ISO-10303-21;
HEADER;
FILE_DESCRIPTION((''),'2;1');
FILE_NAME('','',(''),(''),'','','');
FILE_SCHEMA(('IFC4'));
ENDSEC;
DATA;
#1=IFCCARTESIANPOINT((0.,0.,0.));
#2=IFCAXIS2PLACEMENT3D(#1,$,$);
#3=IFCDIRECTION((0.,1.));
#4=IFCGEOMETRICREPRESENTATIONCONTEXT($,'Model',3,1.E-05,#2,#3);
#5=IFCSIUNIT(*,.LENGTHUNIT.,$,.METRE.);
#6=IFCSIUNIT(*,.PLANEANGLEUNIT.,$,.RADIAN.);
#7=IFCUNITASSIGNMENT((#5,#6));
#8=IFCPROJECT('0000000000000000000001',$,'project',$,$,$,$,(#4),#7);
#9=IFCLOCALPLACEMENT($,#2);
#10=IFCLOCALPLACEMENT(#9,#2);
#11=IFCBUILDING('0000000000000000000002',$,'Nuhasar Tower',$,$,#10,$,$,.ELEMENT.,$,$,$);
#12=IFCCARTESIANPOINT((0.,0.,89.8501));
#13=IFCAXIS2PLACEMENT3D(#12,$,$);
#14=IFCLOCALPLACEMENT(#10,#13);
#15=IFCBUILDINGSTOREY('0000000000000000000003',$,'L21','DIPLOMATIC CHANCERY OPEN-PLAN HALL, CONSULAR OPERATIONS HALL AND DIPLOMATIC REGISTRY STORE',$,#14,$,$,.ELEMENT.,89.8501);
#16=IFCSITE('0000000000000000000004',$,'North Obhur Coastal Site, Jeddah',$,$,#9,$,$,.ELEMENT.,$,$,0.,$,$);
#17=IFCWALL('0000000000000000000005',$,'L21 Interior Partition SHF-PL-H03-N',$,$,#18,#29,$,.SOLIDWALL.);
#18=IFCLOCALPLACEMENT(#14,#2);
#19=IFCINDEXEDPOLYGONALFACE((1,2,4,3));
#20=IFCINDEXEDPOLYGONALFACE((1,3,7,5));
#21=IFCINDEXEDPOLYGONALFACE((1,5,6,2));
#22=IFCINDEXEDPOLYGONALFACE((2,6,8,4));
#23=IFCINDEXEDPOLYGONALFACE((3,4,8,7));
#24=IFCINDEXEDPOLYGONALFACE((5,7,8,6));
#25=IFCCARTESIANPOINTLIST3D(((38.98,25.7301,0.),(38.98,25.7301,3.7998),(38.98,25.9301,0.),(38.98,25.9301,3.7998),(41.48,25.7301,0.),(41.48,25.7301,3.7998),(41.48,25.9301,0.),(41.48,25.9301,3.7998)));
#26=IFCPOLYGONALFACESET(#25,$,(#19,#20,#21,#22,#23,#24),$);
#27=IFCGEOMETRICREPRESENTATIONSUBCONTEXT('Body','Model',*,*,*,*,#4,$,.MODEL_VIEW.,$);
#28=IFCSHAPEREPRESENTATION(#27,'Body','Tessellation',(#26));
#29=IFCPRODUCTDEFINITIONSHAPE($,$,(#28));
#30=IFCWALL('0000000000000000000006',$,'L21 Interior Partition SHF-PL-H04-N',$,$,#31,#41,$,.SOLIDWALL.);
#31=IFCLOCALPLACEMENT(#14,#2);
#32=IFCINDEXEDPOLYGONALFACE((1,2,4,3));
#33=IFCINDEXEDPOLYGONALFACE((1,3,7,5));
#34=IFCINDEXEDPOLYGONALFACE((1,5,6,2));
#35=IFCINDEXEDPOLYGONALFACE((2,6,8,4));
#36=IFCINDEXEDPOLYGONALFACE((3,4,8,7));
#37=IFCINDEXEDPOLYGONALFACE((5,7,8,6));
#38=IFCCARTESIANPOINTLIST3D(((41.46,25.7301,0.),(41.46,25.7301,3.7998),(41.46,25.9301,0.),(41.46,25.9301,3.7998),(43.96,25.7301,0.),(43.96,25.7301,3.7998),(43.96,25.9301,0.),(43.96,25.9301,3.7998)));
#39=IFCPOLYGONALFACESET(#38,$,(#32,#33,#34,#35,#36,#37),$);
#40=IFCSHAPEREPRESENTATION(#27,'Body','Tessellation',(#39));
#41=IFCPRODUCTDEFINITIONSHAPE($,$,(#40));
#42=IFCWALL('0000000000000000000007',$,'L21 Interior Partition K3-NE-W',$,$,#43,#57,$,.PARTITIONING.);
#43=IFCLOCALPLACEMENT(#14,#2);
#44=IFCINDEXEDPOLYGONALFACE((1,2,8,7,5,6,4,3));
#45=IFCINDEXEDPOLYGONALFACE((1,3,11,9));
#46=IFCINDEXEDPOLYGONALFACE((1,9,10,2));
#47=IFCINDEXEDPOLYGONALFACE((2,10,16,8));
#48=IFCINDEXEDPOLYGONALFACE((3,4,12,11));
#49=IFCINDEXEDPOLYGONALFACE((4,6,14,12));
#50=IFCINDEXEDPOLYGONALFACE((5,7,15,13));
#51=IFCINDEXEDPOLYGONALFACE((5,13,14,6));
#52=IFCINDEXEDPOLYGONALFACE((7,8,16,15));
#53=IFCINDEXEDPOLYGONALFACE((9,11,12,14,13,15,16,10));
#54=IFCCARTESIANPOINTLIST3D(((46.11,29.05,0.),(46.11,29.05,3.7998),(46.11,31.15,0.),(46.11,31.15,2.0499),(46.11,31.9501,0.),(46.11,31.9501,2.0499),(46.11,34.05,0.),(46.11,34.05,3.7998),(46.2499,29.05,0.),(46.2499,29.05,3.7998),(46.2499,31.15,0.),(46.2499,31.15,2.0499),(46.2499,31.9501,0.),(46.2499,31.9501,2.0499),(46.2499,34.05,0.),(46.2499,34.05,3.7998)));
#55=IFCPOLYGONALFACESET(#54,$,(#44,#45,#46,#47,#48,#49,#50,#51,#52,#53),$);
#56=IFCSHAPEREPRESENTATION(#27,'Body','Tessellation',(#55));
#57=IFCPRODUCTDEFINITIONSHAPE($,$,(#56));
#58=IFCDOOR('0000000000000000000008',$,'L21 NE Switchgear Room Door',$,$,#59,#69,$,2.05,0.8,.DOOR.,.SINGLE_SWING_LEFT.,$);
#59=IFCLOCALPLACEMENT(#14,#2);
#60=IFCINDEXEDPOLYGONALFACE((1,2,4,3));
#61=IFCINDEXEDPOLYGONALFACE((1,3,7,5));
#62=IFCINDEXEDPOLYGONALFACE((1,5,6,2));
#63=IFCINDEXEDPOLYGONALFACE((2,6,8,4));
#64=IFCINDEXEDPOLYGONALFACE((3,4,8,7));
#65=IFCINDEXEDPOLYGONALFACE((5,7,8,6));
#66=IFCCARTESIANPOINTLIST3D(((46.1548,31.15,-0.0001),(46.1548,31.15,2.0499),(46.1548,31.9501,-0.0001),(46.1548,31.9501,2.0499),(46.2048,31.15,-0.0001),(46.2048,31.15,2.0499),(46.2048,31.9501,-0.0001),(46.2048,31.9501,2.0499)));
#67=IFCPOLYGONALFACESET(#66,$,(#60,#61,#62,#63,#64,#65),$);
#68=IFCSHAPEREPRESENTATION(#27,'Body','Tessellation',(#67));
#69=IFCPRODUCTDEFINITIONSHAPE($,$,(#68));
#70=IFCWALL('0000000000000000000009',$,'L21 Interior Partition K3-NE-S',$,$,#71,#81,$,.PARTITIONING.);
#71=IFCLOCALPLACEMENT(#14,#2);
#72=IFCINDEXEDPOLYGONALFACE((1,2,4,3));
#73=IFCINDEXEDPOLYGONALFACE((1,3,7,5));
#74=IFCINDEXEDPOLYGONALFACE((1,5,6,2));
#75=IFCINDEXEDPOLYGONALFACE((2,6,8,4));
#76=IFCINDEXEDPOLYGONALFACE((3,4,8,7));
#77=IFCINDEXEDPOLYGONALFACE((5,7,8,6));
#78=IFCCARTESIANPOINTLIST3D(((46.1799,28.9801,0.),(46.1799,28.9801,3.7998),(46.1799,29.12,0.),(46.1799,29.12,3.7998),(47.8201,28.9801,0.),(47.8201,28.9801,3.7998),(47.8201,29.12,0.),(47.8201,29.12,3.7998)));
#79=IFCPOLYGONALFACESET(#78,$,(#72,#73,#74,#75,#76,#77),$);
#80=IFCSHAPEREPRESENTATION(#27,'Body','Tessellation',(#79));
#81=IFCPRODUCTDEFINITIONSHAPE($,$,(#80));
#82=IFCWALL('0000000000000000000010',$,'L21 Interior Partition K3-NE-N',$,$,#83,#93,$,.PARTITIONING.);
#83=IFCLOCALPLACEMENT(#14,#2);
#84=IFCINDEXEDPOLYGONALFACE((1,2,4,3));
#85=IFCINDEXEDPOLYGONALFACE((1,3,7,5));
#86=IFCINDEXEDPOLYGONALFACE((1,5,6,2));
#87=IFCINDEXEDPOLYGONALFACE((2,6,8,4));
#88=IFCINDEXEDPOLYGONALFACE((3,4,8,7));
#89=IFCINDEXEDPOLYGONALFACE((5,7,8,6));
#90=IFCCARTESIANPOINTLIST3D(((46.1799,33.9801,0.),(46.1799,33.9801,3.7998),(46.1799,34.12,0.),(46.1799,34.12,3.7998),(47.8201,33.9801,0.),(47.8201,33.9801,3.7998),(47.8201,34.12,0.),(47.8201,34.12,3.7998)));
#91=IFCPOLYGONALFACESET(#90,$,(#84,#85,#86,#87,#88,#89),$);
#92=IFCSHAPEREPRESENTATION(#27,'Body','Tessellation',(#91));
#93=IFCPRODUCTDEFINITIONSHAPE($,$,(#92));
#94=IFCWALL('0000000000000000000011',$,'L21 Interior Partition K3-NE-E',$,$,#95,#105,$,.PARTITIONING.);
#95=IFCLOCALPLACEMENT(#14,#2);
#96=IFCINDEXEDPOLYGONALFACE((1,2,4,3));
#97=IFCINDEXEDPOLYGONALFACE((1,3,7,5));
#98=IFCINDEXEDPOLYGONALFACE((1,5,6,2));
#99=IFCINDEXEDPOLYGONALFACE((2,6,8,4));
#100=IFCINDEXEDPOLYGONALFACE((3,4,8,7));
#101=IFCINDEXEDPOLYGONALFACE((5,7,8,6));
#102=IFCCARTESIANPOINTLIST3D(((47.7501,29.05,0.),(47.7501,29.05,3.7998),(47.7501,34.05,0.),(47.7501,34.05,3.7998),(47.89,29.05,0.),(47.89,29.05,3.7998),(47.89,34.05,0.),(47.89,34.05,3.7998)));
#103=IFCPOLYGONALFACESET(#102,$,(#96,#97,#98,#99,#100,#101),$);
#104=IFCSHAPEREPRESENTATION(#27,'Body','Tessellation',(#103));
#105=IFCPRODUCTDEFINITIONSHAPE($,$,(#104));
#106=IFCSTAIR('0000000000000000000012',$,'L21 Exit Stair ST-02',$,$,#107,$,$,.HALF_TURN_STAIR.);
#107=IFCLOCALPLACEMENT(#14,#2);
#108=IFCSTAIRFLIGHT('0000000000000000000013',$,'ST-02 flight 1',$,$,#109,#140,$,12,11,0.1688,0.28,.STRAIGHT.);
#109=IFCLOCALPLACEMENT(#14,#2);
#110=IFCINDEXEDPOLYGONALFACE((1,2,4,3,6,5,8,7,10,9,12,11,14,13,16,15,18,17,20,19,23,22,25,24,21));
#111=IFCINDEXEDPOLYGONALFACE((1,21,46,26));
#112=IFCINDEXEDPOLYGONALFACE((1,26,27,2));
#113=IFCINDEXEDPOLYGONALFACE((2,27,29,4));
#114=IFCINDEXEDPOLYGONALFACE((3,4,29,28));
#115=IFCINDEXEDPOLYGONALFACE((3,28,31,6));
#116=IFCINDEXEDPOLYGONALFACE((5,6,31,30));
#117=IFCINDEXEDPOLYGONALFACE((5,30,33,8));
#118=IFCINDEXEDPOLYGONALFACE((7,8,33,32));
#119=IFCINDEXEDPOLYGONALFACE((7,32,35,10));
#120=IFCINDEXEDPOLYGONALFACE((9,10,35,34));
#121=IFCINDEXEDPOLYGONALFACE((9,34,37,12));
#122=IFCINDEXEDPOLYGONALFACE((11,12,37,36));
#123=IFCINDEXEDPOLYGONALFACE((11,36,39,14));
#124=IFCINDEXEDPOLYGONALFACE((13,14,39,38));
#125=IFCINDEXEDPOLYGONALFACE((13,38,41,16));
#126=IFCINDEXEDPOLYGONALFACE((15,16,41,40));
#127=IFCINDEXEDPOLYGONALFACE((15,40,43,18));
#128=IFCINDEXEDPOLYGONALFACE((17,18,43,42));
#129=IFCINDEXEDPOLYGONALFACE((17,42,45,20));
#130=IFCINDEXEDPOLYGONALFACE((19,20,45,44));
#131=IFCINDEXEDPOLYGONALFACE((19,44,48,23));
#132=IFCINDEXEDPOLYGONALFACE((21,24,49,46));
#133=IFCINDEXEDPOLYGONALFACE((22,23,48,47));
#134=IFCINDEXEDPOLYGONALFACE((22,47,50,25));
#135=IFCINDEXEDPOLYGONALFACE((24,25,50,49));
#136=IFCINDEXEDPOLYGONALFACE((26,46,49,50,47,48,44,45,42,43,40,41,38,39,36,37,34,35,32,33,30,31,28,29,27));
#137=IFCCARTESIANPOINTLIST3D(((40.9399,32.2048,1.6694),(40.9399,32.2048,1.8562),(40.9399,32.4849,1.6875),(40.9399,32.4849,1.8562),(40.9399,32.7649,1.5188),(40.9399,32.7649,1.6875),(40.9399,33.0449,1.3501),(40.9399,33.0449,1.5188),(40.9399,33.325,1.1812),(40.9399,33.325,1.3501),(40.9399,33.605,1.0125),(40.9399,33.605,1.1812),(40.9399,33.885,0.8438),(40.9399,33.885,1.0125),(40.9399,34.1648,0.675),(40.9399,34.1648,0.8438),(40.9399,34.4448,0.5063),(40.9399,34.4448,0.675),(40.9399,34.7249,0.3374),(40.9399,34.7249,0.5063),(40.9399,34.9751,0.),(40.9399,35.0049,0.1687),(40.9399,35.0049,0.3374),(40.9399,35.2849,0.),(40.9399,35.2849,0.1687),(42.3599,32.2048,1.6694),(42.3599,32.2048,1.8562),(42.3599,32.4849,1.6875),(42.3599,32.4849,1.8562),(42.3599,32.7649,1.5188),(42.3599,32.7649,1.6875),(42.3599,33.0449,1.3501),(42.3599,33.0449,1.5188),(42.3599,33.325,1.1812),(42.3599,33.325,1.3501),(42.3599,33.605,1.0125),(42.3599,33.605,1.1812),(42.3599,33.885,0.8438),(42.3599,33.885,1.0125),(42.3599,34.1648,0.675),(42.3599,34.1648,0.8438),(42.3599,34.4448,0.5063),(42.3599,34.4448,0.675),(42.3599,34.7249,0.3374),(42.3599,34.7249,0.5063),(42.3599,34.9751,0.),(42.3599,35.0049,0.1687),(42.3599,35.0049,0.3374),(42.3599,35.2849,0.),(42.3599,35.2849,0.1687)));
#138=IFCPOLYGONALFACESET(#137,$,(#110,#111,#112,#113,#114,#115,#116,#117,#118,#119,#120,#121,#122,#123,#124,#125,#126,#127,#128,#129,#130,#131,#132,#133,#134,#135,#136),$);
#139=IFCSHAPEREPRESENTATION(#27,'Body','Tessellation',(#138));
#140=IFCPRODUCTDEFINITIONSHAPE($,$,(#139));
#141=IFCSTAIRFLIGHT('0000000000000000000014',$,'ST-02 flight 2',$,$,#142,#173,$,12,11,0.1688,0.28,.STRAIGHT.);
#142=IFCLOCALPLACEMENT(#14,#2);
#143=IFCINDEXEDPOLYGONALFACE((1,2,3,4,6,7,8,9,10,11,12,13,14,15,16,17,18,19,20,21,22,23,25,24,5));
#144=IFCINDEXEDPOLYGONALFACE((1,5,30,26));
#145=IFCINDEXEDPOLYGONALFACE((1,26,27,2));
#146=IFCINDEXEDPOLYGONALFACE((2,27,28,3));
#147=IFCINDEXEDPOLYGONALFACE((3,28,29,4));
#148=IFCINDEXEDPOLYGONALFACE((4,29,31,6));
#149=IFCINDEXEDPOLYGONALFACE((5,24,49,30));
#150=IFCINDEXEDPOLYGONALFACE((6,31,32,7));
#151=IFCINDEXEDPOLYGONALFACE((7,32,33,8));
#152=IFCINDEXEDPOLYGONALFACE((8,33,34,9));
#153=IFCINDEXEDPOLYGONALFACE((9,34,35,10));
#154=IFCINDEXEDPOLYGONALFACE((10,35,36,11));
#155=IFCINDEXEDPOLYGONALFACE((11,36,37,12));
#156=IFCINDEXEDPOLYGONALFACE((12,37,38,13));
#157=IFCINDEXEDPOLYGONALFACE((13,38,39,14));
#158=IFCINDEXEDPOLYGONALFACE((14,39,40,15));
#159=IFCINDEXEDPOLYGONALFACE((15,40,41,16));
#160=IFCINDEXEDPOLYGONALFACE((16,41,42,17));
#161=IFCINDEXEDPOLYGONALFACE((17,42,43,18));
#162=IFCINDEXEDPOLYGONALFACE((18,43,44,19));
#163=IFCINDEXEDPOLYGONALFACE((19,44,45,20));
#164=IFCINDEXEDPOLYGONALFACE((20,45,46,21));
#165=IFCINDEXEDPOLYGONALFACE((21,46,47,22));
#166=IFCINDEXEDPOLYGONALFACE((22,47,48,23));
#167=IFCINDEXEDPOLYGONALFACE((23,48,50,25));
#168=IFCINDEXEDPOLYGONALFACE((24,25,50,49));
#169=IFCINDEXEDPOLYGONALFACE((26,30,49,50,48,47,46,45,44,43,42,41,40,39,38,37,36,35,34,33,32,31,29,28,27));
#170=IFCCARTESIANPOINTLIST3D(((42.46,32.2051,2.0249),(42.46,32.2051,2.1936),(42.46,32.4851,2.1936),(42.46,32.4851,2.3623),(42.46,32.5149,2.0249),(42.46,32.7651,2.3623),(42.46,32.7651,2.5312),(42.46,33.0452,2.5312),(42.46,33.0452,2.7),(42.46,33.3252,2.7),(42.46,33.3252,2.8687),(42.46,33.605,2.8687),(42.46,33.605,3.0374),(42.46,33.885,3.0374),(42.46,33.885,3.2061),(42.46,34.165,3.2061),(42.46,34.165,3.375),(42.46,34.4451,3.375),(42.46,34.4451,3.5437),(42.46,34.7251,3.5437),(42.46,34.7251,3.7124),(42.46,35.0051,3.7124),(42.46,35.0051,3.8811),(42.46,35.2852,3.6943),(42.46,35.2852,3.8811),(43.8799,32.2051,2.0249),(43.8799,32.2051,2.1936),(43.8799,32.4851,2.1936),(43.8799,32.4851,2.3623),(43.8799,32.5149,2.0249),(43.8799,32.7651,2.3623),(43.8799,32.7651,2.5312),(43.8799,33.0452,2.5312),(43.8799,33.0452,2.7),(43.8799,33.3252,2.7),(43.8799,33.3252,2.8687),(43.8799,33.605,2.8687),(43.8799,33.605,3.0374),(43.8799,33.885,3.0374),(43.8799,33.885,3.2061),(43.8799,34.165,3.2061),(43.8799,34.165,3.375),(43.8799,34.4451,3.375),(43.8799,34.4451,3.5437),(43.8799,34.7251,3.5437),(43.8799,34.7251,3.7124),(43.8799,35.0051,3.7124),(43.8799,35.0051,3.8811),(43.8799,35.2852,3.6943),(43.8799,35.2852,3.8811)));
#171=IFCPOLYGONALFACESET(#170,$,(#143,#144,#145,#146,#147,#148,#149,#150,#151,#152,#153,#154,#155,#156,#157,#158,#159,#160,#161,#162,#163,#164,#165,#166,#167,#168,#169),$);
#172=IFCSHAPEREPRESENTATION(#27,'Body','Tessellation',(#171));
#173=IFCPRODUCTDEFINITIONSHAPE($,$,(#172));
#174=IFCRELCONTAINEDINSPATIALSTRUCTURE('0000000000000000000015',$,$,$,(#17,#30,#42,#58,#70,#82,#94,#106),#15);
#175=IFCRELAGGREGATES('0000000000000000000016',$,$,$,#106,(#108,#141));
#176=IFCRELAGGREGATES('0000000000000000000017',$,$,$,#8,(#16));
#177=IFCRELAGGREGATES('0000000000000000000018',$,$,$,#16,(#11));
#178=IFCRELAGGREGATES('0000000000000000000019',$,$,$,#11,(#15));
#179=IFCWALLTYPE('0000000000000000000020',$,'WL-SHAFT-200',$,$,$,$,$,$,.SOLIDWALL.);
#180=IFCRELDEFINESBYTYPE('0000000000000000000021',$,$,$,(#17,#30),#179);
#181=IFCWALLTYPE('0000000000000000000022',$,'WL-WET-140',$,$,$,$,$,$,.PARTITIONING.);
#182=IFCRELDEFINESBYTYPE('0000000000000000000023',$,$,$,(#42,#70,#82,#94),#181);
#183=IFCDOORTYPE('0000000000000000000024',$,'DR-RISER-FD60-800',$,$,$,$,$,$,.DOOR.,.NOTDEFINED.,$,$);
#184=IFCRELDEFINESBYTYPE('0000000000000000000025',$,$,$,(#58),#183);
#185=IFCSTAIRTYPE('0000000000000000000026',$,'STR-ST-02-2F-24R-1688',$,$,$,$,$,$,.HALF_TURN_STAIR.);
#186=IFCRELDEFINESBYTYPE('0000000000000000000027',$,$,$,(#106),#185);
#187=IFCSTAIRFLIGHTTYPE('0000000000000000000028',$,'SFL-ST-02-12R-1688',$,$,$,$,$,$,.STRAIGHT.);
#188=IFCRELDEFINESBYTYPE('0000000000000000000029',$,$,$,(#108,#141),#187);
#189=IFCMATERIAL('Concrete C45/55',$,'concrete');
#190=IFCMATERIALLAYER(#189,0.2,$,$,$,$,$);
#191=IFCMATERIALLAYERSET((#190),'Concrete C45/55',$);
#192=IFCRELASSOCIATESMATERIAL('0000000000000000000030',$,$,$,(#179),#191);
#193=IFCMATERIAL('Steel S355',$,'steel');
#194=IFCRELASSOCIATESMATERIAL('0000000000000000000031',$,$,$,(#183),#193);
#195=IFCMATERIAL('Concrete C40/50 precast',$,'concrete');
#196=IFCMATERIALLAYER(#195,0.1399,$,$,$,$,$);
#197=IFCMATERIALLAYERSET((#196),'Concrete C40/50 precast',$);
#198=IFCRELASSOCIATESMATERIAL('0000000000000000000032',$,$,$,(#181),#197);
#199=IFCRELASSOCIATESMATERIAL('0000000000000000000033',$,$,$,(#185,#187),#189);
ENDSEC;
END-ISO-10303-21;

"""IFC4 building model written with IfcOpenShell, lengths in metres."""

from ifc_helpers import new_model, si_unit, direction, frame, frame_2d, origin, place, context, subcontext, project, spatial, polyline, rectangle, outline, extrude, material, layer, layer_set, type_object, element, fill, aggregate, save


model = new_model("IFC4")

# Units and contexts
model_context = context("Model", 3, precision=1e-05, world=origin(), true_north=direction((0.0, 1.0)))
body_context = subcontext(model_context, "Body", "Model", "MODEL_VIEW")
ifc_project = project(units=[si_unit("LENGTHUNIT", "METRE"), si_unit("PLANEANGLEUNIT", "RADIAN")], contexts=[model_context])

# Site, building, storey
site_placement = place(None, origin())
site = spatial("IfcSite", under=ifc_project, at=site_placement, Name="North Obhur Coastal Site, Jeddah", CompositionType="ELEMENT", RefElevation=0.0)
building_placement = place(site_placement, origin())
building = spatial("IfcBuilding", under=site, at=building_placement, Name="Nuhasar Tower", CompositionType="ELEMENT")
storey_placement = place(building_placement, frame((0.0, 0.0, 89.8501)))
storey = spatial("IfcBuildingStorey", under=building, at=storey_placement, Name="L21", Description="DIPLOMATIC CHANCERY OPEN-PLAN HALL, CONSULAR OPERATIONS HALL AND DIPLOMATIC REGISTRY STORE", CompositionType="ELEMENT", Elevation=89.8501)

# Shared definitions
ifc_material_1 = material(Name="Concrete C45/55", Category="concrete")
ifc_layer_1 = layer(ifc_material_1, 0.2)
ifc_layer_set_1 = layer_set([ifc_layer_1], Name="Concrete C45/55")
wall_type_1 = type_object("IfcWallType", Name="WL-SHAFT-200", PredefinedType="SOLIDWALL", material=ifc_layer_set_1)

# Shared definitions
ifc_material_2 = material(Name="Steel S355", Category="steel")
door_type = type_object("IfcDoorType", Name="DR-RISER-FD60-800", OperationType="NOTDEFINED", PredefinedType="DOOR", material=ifc_material_2)

# Walls
for number, where, z_axis, x_axis, name in (
    (1, (38.98, 25.8301, 0.0), (0.0, 0.0, 1.0), (1.0, 0.0, 0.0), "L21 Interior Partition SHF-PL-H03-N"),
    (2, (41.46, 25.8301, 0.0), (0.0, 0.0, 1.0), (1.0, 0.0, 0.0), "L21 Interior Partition SHF-PL-H04-N"),
):
    element("IfcWall", number, at=place(storey_placement, frame(where, z_axis=z_axis, x_axis=x_axis)), inside=storey, type_object=wall_type_1, Name=name, PredefinedType="SOLIDWALL", context=body_context, shape_type="SweptSolid", body=[
        extrude(rectangle(XDim=2.5, YDim=0.2, at=frame_2d((1.25, 0.0))), origin(), (0.0, 0.0, 1.0), 3.7998),
    ])

# Wall, opening, door
ifc_material_3 = material(Name="Concrete C40/50 precast", Category="concrete")
ifc_layer_2 = layer(ifc_material_3, 0.1399)
ifc_layer_set_2 = layer_set([ifc_layer_2], Name="Concrete C40/50 precast")
wall_type_2 = type_object("IfcWallType", Name="WL-WET-140", PredefinedType="PARTITIONING", material=ifc_layer_set_2)
wall_1_placement = place(storey_placement, frame((46.1799, 34.05, 0.0), z_axis=(0.0, 0.0, 1.0), x_axis=(0.0, -1.0, 0.0)))
wall_1 = element("IfcWall", 3, at=wall_1_placement, inside=storey, type_object=wall_type_2, Name="L21 Interior Partition K3-NE-W", PredefinedType="PARTITIONING", context=body_context, shape_type="SweptSolid", body=[
    extrude(rectangle(XDim=5.0, YDim=0.1399, at=frame_2d((2.5, 0.0))), origin(), (0.0, 0.0, 1.0), 3.7998),
])
opening_1_placement = place(wall_1_placement, frame((2.1001, 0.0, 0.0)))
opening_1 = element("IfcOpeningElement", 4, at=opening_1_placement, cuts=wall_1, PredefinedType="OPENING", context=body_context, shape_type="SweptSolid", body=[
    extrude(rectangle(XDim=0.8, YDim=2.05, at=frame_2d((0.3999, 1.0249))), frame((0.0, 0.0801, 0.0), z_axis=(0.0, -1.0, 0.0), x_axis=(1.0, 0.0, 0.0)), (0.0, 0.0, 1.0), 0.1599),
])
door_1_placement = place(opening_1_placement, origin())
door_1 = element("IfcDoor", 5, at=door_1_placement, inside=storey, type_object=door_type, Name="L21 NE Switchgear Room Door", OperationType="SINGLE_SWING_LEFT", OverallHeight=2.05, OverallWidth=0.8, PredefinedType="DOOR", context=body_context, shape_type="SweptSolid", body=[
    extrude(rectangle(XDim=0.8, YDim=2.05, at=frame_2d((0.3999, 1.0249))), frame((0.0, 0.0249, 0.0), z_axis=(0.0, -1.0, 0.0), x_axis=(1.0, 0.0, 0.0)), (0.0, 0.0, 1.0), 0.05),
])
fill(opening_1, door_1)

# Walls
for number, where, z_axis, x_axis, name in (
    (6, (46.1799, 29.05, 0.0), (0.0, 0.0, 1.0), (1.0, 0.0, 0.0), "L21 Interior Partition K3-NE-S"),
    (7, (46.1799, 34.05, 0.0), (0.0, 0.0, 1.0), (1.0, 0.0, 0.0), "L21 Interior Partition K3-NE-N"),
):
    element("IfcWall", number, at=place(storey_placement, frame(where, z_axis=z_axis, x_axis=x_axis)), inside=storey, type_object=wall_type_2, Name=name, PredefinedType="PARTITIONING", context=body_context, shape_type="SweptSolid", body=[
        extrude(rectangle(XDim=1.6401, YDim=0.1399, at=frame_2d((0.8201, 0.0))), origin(), (0.0, 0.0, 1.0), 3.7998),
    ])
wall_2_placement = place(storey_placement, frame((47.8201, 29.05, 0.0), z_axis=(0.0, 0.0, 1.0), x_axis=(0.0, 1.0, 0.0)))
element("IfcWall", 8, at=wall_2_placement, inside=storey, type_object=wall_type_2, Name="L21 Interior Partition K3-NE-E", PredefinedType="PARTITIONING", context=body_context, shape_type="SweptSolid", body=[
    extrude(rectangle(XDim=5.0, YDim=0.1399, at=frame_2d((2.5, 0.0))), origin(), (0.0, 0.0, 1.0), 3.7998),
])

# Stair, stair flights
stair_type_1 = type_object("IfcStairType", Name="STR-ST-02-2F-24R-1688", PredefinedType="HALF_TURN_STAIR", material=ifc_material_1)
stair_1_placement = place(storey_placement, origin())
stair_1 = element("IfcStair", 9, at=stair_1_placement, inside=storey, type_object=stair_type_1, Name="L21 Exit Stair ST-02", PredefinedType="HALF_TURN_STAIR")
stair_flight_type_1 = type_object("IfcStairFlightType", Name="SFL-ST-02-12R-1688", PredefinedType="STRAIGHT", material=ifc_material_1)
stair_flight_1_placement = place(storey_placement, frame((41.6499, 35.2849, 0.0), z_axis=(0.0, 0.0, 1.0), x_axis=(0.0, -1.0, 0.0)))
stair_flight_1 = element("IfcStairFlight", 10, at=stair_flight_1_placement, type_object=stair_flight_type_1, Name="ST-02 flight 1", NumberOfRisers=12, NumberOfTreads=11, PredefinedType="STRAIGHT", RiserHeight=0.1688, TreadLength=0.28, context=body_context, shape_type="SweptSolid", body=[
    extrude(outline(polyline([(0.0, 0.0), (0.0, 0.1687), (0.28, 0.1687), (0.28, 0.3374), (0.5601, 0.3374), (0.5601, 0.5063), (0.8401, 0.5063), (0.8401, 0.675), (1.1201, 0.675), (1.1201, 0.8438), (1.3999, 0.8438), (1.3999, 1.0125), (1.6799, 1.0125), (1.6799, 1.1812), (1.96, 1.1812), (1.96, 1.3501), (2.24, 1.3501), (2.24, 1.5188), (2.52, 1.5188), (2.52, 1.6875), (2.8, 1.6875), (2.8, 1.8562), (3.0801, 1.8562), (3.0801, 2.0249), (3.0801, 1.6694), (0.3098, 0.0), (0.0, 0.0)])), frame((0.0, 0.71, 0.0), z_axis=(0.0, -1.0, 0.0), x_axis=(1.0, 0.0, 0.0)), (0.0, 0.0, 1.0), 1.4199),
])
stair_flight_2_placement = place(storey_placement, frame((43.1699, 32.2051, 2.0249), z_axis=(0.0, 0.0, 1.0), x_axis=(0.0, 1.0, 0.0)))
stair_flight_2 = element("IfcStairFlight", 11, at=stair_flight_2_placement, type_object=stair_flight_type_1, Name="ST-02 flight 2", NumberOfRisers=12, NumberOfTreads=11, PredefinedType="STRAIGHT", RiserHeight=0.1688, TreadLength=0.28, context=body_context, shape_type="SweptSolid", body=[
    extrude(outline(polyline([(0.0, 0.0), (0.0, 0.1687), (0.28, 0.1687), (0.28, 0.3374), (0.5601, 0.3374), (0.5601, 0.5063), (0.8401, 0.5063), (0.8401, 0.675), (1.1201, 0.675), (1.1201, 0.8438), (1.3999, 0.8438), (1.3999, 1.0125), (1.6799, 1.0125), (1.6799, 1.1812), (1.96, 1.1812), (1.96, 1.3501), (2.24, 1.3501), (2.24, 1.5188), (2.52, 1.5188), (2.52, 1.6875), (2.8, 1.6875), (2.8, 1.8562), (3.0801, 1.8562), (3.0801, 2.0249), (3.0801, 1.6694), (0.3098, 0.0), (0.0, 0.0)])), frame((0.0, 0.71, 0.0), z_axis=(0.0, -1.0, 0.0), x_axis=(1.0, 0.0, 0.0)), (0.0, 0.0, 1.0), 1.4199),
])
aggregate(stair_1, [stair_flight_1, stair_flight_2])

save(model, "model.ifc")
